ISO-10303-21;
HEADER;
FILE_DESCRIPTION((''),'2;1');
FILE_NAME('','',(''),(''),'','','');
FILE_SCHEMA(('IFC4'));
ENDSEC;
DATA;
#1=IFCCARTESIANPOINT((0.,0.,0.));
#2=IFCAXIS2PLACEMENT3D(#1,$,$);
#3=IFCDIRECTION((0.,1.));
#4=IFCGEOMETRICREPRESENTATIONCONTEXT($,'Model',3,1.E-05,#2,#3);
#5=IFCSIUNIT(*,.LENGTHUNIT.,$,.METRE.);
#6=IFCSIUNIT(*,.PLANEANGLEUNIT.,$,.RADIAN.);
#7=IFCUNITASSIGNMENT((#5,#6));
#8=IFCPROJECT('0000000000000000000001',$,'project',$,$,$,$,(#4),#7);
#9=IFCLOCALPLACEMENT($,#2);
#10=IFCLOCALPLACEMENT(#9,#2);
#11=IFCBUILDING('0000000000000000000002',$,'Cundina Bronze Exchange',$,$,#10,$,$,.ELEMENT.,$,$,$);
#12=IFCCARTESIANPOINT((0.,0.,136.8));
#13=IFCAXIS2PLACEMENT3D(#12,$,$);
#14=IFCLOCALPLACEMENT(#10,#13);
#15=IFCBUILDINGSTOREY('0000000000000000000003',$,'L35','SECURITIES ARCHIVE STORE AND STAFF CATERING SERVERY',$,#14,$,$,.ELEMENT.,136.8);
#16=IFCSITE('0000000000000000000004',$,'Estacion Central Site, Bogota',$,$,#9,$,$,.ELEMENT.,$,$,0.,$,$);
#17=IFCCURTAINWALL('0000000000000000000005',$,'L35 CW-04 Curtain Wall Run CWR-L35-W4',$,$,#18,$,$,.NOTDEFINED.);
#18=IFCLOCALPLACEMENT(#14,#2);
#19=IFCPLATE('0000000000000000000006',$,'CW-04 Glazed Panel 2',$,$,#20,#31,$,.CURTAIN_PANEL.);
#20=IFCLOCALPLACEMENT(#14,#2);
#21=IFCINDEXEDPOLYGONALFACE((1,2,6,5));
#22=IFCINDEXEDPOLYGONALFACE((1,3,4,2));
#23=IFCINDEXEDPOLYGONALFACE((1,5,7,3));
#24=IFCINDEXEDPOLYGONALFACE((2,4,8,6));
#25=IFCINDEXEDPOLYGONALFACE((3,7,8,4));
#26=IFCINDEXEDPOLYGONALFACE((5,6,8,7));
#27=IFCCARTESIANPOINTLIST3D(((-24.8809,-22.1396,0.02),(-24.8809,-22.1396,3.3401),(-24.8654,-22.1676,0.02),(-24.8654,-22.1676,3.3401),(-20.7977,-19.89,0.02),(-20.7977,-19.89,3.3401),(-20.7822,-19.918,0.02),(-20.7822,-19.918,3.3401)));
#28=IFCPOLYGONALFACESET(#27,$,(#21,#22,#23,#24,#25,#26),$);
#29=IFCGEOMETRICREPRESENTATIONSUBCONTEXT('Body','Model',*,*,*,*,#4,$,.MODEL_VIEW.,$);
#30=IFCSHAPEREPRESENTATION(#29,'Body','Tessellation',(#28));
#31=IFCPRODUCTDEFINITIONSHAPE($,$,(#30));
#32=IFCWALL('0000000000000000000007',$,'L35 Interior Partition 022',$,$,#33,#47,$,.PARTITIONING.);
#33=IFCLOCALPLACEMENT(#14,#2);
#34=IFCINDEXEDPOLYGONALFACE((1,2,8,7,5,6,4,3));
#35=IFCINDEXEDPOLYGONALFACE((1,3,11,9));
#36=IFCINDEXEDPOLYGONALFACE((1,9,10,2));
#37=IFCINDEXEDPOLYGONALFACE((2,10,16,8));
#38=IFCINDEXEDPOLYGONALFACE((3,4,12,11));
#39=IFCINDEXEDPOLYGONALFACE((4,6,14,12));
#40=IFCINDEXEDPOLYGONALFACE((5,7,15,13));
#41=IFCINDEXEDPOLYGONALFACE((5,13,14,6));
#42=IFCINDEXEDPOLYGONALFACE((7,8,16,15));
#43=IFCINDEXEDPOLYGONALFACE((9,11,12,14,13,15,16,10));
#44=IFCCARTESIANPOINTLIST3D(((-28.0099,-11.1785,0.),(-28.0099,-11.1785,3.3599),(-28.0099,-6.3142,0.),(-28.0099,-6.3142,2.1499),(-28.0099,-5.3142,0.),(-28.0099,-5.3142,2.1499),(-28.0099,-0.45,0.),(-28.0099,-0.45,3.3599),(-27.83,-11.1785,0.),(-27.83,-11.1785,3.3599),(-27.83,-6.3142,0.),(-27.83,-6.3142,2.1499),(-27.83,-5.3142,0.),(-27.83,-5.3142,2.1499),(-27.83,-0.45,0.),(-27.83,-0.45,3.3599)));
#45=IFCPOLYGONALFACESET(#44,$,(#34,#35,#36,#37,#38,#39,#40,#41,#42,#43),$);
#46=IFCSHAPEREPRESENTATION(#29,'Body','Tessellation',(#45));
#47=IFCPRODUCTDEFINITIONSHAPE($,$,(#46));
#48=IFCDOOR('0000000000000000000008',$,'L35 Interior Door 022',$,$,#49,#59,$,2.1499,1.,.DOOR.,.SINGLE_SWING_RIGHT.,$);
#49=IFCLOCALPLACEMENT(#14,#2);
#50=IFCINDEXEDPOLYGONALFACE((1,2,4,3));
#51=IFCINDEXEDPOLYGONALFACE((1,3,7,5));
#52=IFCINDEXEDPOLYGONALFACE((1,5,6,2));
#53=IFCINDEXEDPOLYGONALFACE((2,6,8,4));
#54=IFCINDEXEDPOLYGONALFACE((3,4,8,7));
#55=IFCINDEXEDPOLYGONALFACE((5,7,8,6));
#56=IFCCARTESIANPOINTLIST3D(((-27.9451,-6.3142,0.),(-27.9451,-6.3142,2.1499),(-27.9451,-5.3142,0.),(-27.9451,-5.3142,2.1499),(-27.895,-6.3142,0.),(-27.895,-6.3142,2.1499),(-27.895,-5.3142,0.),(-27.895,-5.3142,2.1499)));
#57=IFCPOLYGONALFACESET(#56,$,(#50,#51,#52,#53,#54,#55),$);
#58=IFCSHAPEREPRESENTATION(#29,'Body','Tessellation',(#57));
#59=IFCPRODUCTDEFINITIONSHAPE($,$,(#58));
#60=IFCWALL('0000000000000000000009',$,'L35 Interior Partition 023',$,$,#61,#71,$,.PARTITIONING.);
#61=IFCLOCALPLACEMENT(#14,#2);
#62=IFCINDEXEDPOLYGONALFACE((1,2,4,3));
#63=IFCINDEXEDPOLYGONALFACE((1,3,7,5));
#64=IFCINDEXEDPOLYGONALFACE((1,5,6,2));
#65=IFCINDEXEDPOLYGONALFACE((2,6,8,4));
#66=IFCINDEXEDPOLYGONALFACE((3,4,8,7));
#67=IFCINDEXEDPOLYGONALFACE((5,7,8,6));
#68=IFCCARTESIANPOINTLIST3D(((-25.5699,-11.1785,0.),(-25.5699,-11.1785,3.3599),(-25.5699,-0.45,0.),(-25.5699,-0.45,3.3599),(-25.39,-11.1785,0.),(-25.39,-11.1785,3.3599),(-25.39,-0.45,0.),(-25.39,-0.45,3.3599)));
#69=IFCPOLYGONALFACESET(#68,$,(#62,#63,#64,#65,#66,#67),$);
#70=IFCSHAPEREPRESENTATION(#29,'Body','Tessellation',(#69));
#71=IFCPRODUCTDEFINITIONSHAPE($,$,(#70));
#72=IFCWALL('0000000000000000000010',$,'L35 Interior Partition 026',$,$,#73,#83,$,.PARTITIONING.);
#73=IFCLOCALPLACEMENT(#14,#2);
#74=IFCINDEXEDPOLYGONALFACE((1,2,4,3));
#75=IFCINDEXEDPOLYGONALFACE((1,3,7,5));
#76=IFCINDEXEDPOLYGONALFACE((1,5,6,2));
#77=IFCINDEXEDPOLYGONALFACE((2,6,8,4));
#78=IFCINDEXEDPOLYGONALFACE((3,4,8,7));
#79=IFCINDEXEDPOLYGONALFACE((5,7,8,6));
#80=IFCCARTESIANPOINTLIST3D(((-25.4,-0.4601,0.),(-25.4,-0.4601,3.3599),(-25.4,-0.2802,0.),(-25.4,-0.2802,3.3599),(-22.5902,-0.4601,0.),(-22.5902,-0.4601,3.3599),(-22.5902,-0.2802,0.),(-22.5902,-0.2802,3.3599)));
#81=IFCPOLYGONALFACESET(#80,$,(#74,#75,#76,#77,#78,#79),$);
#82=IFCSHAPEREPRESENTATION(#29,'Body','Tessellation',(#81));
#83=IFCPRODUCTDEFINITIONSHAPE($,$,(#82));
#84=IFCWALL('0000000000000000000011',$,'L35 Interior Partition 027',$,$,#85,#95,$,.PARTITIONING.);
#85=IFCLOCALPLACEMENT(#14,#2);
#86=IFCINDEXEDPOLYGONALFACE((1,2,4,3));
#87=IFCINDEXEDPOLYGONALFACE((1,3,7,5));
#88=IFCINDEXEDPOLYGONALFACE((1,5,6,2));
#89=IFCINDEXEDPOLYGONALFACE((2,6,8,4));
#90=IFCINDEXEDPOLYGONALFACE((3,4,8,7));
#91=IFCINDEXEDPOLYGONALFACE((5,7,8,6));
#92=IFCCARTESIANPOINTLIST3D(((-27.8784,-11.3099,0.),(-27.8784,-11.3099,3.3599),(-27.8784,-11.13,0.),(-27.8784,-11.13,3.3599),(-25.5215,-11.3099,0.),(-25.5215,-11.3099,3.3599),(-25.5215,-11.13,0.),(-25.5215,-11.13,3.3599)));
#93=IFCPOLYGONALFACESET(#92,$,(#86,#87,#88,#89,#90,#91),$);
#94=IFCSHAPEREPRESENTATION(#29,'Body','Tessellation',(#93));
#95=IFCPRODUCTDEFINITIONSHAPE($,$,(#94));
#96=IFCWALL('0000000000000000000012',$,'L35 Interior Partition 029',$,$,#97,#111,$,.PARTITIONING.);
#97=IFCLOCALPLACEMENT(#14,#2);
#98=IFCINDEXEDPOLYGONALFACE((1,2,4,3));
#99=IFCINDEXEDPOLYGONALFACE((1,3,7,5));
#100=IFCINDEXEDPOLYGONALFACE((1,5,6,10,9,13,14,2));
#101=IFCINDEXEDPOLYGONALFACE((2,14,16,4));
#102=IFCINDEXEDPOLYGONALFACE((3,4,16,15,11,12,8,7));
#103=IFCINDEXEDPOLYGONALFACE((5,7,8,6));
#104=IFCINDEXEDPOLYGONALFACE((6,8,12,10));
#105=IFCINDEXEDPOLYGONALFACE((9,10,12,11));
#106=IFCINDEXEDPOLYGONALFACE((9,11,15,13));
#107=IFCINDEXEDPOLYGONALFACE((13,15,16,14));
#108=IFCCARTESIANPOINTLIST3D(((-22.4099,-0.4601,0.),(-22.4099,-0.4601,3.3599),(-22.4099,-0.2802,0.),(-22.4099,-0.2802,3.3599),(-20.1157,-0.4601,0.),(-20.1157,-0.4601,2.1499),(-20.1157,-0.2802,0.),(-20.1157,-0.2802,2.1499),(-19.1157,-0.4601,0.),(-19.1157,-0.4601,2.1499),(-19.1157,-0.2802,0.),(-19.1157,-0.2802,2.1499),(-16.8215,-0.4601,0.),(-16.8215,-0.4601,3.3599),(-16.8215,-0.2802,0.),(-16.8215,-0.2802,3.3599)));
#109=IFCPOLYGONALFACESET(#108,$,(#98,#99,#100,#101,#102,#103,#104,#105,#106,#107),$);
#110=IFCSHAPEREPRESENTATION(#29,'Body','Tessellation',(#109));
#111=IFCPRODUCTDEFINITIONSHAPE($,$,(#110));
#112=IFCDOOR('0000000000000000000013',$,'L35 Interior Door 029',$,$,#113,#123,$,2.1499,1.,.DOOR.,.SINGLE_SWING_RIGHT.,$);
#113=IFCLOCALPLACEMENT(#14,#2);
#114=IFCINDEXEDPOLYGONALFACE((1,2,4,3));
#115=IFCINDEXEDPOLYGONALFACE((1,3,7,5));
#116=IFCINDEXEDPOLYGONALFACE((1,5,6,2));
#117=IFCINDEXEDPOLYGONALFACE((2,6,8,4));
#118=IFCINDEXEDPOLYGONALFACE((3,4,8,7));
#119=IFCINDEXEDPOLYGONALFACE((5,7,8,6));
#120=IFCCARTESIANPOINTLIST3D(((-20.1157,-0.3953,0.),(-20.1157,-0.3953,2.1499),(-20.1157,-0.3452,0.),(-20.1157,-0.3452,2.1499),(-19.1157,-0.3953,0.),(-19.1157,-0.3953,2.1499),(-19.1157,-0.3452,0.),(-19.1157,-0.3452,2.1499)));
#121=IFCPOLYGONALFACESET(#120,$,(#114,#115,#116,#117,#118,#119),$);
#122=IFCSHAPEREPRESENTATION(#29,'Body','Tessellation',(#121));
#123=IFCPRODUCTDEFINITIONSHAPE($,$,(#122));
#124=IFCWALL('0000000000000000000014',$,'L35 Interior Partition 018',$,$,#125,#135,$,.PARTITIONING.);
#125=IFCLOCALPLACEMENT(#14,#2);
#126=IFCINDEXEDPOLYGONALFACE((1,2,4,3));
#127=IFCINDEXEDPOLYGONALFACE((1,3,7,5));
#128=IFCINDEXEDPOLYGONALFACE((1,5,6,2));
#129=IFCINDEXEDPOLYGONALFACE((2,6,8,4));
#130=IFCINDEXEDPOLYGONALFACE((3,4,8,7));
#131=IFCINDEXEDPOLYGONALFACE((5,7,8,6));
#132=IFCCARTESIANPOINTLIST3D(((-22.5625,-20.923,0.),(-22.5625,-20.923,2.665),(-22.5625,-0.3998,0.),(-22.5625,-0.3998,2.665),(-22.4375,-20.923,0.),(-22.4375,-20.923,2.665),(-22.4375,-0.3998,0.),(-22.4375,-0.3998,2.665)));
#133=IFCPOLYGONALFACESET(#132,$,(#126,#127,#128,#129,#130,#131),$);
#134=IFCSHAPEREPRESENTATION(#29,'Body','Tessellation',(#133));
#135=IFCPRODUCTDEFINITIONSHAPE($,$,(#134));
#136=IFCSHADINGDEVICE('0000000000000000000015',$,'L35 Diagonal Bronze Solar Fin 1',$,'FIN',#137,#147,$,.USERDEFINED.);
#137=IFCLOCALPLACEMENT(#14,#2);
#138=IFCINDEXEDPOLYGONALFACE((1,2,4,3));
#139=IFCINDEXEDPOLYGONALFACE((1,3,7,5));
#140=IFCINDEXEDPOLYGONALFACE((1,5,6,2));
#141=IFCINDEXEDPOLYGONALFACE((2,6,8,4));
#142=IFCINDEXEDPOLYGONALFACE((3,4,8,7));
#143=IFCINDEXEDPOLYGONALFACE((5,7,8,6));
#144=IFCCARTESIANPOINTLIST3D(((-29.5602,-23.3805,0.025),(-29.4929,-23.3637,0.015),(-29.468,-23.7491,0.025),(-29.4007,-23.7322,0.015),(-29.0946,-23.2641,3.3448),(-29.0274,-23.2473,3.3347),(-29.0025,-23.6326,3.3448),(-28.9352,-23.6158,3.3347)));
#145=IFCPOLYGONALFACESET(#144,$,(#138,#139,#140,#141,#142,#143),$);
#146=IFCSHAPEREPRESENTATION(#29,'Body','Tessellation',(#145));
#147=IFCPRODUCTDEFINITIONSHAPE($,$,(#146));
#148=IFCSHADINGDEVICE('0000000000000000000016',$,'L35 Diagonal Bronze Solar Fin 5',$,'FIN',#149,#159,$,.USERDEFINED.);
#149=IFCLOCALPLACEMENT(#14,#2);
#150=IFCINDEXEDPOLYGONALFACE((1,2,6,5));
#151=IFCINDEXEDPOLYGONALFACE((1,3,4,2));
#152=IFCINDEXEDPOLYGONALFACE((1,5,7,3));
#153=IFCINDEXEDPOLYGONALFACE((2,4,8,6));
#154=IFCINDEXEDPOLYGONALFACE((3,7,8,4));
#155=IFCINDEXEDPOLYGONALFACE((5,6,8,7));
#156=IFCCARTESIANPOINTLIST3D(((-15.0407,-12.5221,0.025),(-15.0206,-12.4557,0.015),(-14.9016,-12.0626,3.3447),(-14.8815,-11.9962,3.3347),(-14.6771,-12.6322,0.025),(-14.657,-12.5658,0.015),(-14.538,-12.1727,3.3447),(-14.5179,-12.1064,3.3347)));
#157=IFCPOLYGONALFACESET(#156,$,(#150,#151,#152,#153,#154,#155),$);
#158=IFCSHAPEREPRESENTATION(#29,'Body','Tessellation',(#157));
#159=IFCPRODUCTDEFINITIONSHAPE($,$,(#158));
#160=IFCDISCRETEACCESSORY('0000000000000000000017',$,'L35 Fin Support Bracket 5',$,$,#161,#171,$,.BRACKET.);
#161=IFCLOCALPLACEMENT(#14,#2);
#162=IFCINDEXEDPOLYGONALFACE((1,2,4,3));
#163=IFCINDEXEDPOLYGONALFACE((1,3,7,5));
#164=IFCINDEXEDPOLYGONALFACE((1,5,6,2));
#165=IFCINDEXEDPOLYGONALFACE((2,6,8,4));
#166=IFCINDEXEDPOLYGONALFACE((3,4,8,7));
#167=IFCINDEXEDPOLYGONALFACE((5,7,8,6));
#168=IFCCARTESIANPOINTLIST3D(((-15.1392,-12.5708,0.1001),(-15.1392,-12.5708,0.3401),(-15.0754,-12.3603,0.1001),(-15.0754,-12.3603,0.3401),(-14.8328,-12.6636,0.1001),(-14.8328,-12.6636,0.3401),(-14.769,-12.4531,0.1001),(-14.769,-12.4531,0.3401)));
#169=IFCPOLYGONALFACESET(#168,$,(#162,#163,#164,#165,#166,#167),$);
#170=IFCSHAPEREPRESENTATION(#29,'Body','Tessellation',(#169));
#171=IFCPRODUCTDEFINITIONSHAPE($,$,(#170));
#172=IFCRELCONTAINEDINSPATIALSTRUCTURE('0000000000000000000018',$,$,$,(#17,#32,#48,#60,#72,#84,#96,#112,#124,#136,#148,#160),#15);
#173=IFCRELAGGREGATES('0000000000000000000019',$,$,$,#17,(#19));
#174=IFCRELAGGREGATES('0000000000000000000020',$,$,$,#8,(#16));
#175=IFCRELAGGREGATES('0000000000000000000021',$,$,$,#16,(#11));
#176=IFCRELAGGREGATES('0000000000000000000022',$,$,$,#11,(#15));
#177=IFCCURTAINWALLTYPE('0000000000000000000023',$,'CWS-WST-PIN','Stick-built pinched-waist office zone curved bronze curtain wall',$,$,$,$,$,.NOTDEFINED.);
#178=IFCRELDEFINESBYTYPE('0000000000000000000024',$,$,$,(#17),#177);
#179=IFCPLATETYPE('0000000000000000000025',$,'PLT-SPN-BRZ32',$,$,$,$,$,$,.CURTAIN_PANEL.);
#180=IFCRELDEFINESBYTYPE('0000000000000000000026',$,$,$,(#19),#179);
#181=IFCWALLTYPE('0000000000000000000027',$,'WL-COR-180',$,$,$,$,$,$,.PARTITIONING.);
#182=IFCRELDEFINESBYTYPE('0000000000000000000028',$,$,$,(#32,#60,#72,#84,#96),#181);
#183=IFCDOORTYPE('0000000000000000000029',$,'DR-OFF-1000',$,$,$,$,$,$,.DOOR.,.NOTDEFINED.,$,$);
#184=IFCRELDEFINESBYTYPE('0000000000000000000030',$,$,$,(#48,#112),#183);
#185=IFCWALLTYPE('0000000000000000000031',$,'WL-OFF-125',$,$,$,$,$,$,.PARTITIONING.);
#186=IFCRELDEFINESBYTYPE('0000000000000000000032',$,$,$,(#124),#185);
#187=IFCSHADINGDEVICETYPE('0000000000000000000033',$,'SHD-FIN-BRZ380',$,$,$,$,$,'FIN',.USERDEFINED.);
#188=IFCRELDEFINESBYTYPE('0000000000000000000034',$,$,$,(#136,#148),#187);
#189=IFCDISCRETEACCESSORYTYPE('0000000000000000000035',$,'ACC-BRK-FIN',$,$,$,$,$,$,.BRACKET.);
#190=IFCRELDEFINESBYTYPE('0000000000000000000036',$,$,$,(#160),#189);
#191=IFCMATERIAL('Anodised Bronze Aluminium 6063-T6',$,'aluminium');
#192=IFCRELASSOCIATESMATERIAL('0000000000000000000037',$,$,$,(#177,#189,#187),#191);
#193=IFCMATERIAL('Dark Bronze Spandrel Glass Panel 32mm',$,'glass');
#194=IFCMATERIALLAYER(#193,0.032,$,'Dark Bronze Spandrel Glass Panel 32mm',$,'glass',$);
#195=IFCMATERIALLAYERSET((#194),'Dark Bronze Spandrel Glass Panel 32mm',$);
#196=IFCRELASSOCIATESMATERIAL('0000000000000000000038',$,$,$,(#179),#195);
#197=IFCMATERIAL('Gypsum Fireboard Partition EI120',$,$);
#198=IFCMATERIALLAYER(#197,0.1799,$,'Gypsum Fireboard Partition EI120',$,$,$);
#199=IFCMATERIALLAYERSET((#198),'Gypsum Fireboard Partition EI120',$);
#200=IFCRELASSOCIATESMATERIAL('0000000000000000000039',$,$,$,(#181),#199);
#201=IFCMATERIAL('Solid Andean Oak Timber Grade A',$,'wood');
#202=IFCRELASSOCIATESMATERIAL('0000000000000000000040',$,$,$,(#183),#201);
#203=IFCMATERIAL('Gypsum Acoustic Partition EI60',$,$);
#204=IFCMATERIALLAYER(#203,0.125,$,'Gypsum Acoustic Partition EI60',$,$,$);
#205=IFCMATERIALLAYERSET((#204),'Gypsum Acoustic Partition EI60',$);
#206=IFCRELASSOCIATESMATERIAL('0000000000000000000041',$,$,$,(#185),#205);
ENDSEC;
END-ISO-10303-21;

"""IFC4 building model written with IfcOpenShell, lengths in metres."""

from ifc_helpers import new_model, si_unit, direction, frame, frame_2d, origin, origin_2d, place, context, subcontext, project, spatial, rectangle, extrude, material, layer, layer_set, material_profile, profile_set, type_object, element, fill, aggregate, save


model = new_model("IFC4")

# Units and contexts
model_context = context("Model", 3, precision=1e-05, world=origin(), true_north=direction((0.0, 1.0)))
body_context = subcontext(model_context, "Body", "Model", "MODEL_VIEW")
ifc_project = project(units=[si_unit("LENGTHUNIT", "METRE"), si_unit("PLANEANGLEUNIT", "RADIAN")], contexts=[model_context])

# Site, building, storey
site_placement = place(None, origin())
site = spatial("IfcSite", under=ifc_project, at=site_placement, Name="Estacion Central Site, Bogota", CompositionType="ELEMENT", RefElevation=0.0)
building_placement = place(site_placement, origin())
building = spatial("IfcBuilding", under=site, at=building_placement, Name="Cundina Bronze Exchange", CompositionType="ELEMENT")
storey_placement = place(building_placement, frame((0.0, 0.0, 136.8)))
storey = spatial("IfcBuildingStorey", under=building, at=storey_placement, Name="L35", Description="SECURITIES ARCHIVE STORE AND STAFF CATERING SERVERY", CompositionType="ELEMENT", Elevation=136.8)

# Curtain wall, plate
ifc_material_1 = material(Name="Anodised Bronze Aluminium 6063-T6", Category="aluminium")
curtain_wall_type = type_object("IfcCurtainWallType", Name="CWS-WST-PIN", Description="Stick-built pinched-waist office zone curved bronze curtain wall", PredefinedType="NOTDEFINED", material=ifc_material_1)
curtain_wall_placement = place(storey_placement, origin())
curtain_wall = element("IfcCurtainWall", 1, at=curtain_wall_placement, inside=storey, type_object=curtain_wall_type, Name="L35 CW-04 Curtain Wall Run CWR-L35-W4", PredefinedType="NOTDEFINED")
ifc_material_2 = material(Name="Dark Bronze Spandrel Glass Panel 32mm", Category="glass")
ifc_layer_1 = layer(ifc_material_2, 0.032, Name="Dark Bronze Spandrel Glass Panel 32mm", Category="glass")
ifc_layer_set_1 = layer_set([ifc_layer_1], Name="Dark Bronze Spandrel Glass Panel 32mm")
plate_type_1 = type_object("IfcPlateType", Name="PLT-SPN-BRZ32", PredefinedType="CURTAIN_PANEL", material=ifc_layer_set_1)
plate_1_placement = place(storey_placement, frame((-22.8315, -21.0288, 0.02), z_axis=(0.0, 0.0, 1.0), x_axis=(0.875869, 0.482549, 0.0)))
plate_1 = element("IfcPlate", 2, at=plate_1_placement, type_object=plate_type_1, Name="CW-04 Glazed Panel 2", PredefinedType="CURTAIN_PANEL", context=body_context, shape_type="SweptSolid", body=[
    extrude(rectangle(XDim=4.6619, YDim=0.032, at=origin_2d()), origin(), (0.0, 0.0, 1.0), 3.3201),
])
aggregate(curtain_wall, [plate_1])

# Wall, opening, door
ifc_material_3 = material(Name="Gypsum Fireboard Partition EI120")
ifc_layer_2 = layer(ifc_material_3, 0.1799, Name="Gypsum Fireboard Partition EI120")
ifc_layer_set_2 = layer_set([ifc_layer_2], Name="Gypsum Fireboard Partition EI120")
wall_type_1 = type_object("IfcWallType", Name="WL-COR-180", PredefinedType="PARTITIONING", material=ifc_layer_set_2)
wall_1_placement = place(storey_placement, frame((-27.9199, -0.45, 0.0), z_axis=(0.0, 0.0, 1.0), x_axis=(0.0, -1.0, 0.0)))
wall_1 = element("IfcWall", 3, at=wall_1_placement, inside=storey, type_object=wall_type_1, Name="L35 Interior Partition 022", PredefinedType="PARTITIONING", context=body_context, shape_type="SweptSolid", body=[
    extrude(rectangle(XDim=10.7285, YDim=0.1799, at=frame_2d((5.3643, 0.0))), origin(), (0.0, 0.0, 1.0), 3.3599),
])
opening_1_placement = place(wall_1_placement, frame((4.8643, 0.0, 0.0)))
opening_1 = element("IfcOpeningElement", 4, at=opening_1_placement, cuts=wall_1, PredefinedType="OPENING", context=body_context, shape_type="SweptSolid", body=[
    extrude(rectangle(XDim=1.0, YDim=2.1499, at=frame_2d((0.5, 1.075))), frame((0.0, 0.0999, 0.0), z_axis=(0.0, -1.0, 0.0), x_axis=(1.0, 0.0, 0.0)), (0.0, 0.0, 1.0), 0.2),
])
ifc_material_4 = material(Name="Solid Andean Oak Timber Grade A", Category="wood")
door_type = type_object("IfcDoorType", Name="DR-OFF-1000", OperationType="NOTDEFINED", PredefinedType="DOOR", material=ifc_material_4)
door_1_placement = place(opening_1_placement, origin())
door_1 = element("IfcDoor", 5, at=door_1_placement, inside=storey, type_object=door_type, Name="L35 Interior Door 022", OperationType="SINGLE_SWING_RIGHT", OverallHeight=2.1499, OverallWidth=1.0, PredefinedType="DOOR", context=body_context, shape_type="SweptSolid", body=[
    extrude(rectangle(XDim=1.0, YDim=2.1499, at=frame_2d((0.5, 1.075))), frame((0.0, 0.0249, 0.0), z_axis=(0.0, -1.0, 0.0), x_axis=(1.0, 0.0, 0.0)), (0.0, 0.0, 1.0), 0.05),
])
fill(opening_1, door_1)

# Walls
wall_2_placement = place(storey_placement, frame((-25.48, -11.1785, 0.0), z_axis=(0.0, 0.0, 1.0), x_axis=(0.0, 1.0, 0.0)))
element("IfcWall", 6, at=wall_2_placement, inside=storey, type_object=wall_type_1, Name="L35 Interior Partition 023", PredefinedType="PARTITIONING", context=body_context, shape_type="SweptSolid", body=[
    extrude(rectangle(XDim=10.7285, YDim=0.1799, at=frame_2d((5.3643, 0.0))), origin(), (0.0, 0.0, 1.0), 3.3599),
])
wall_3_placement = place(storey_placement, frame((-25.3999, -0.3701, 0.0), z_axis=(0.0, 0.0, 1.0), x_axis=(1.0, 0.0, 0.0)))
element("IfcWall", 7, at=wall_3_placement, inside=storey, type_object=wall_type_1, Name="L35 Interior Partition 026", PredefinedType="PARTITIONING", context=body_context, shape_type="SweptSolid", body=[
    extrude(rectangle(XDim=2.8098, YDim=0.1799, at=frame_2d((1.4048, 0.0))), origin(), (0.0, 0.0, 1.0), 3.3599),
])
wall_4_placement = place(storey_placement, frame((-27.8784, -11.22, 0.0), z_axis=(0.0, 0.0, 1.0), x_axis=(1.0, 0.0, 0.0)))
element("IfcWall", 8, at=wall_4_placement, inside=storey, type_object=wall_type_1, Name="L35 Interior Partition 027", PredefinedType="PARTITIONING", context=body_context, shape_type="SweptSolid", body=[
    extrude(rectangle(XDim=2.3569, YDim=0.1799, at=frame_2d((1.1785, 0.0))), origin(), (0.0, 0.0, 1.0), 3.3599),
])

# Wall, opening, door
wall_5_placement = place(storey_placement, frame((-22.4099, -0.3701, 0.0), z_axis=(0.0, 0.0, 1.0), x_axis=(1.0, 0.0, 0.0)))
wall_5 = element("IfcWall", 9, at=wall_5_placement, inside=storey, type_object=wall_type_1, Name="L35 Interior Partition 029", PredefinedType="PARTITIONING", context=body_context, shape_type="SweptSolid", body=[
    extrude(rectangle(XDim=5.5884, YDim=0.1799, at=frame_2d((2.7942, 0.0))), origin(), (0.0, 0.0, 1.0), 3.3599),
])
opening_2_placement = place(wall_5_placement, frame((2.2942, 0.0, 0.0)))
opening_2 = element("IfcOpeningElement", 10, at=opening_2_placement, cuts=wall_5, PredefinedType="OPENING", context=body_context, shape_type="SweptSolid", body=[
    extrude(rectangle(XDim=1.0, YDim=2.1499, at=frame_2d((0.5, 1.075))), frame((0.0, 0.0999, 0.0), z_axis=(0.0, -1.0, 0.0), x_axis=(1.0, 0.0, 0.0)), (0.0, 0.0, 1.0), 0.2),
])
door_2_placement = place(opening_2_placement, origin())
door_2 = element("IfcDoor", 11, at=door_2_placement, inside=storey, type_object=door_type, Name="L35 Interior Door 029", OperationType="SINGLE_SWING_RIGHT", OverallHeight=2.1499, OverallWidth=1.0, PredefinedType="DOOR", context=body_context, shape_type="SweptSolid", body=[
    extrude(rectangle(XDim=1.0, YDim=2.1499, at=frame_2d((0.5, 1.075))), frame((0.0, 0.0249, 0.0), z_axis=(0.0, -1.0, 0.0), x_axis=(1.0, 0.0, 0.0)), (0.0, 0.0, 1.0), 0.05),
])
fill(opening_2, door_2)

# Wall
ifc_material_5 = material(Name="Gypsum Acoustic Partition EI60")
ifc_layer_3 = layer(ifc_material_5, 0.125, Name="Gypsum Acoustic Partition EI60")
ifc_layer_set_3 = layer_set([ifc_layer_3], Name="Gypsum Acoustic Partition EI60")
wall_type_2 = type_object("IfcWallType", Name="WL-OFF-125", PredefinedType="PARTITIONING", material=ifc_layer_set_3)
wall_6_placement = place(storey_placement, frame((-22.5, -20.9231, 0.0), z_axis=(0.0, 0.0, 1.0), x_axis=(0.0, 1.0, 0.0)))
element("IfcWall", 12, at=wall_6_placement, inside=storey, type_object=wall_type_2, Name="L35 Interior Partition 018", PredefinedType="PARTITIONING", context=body_context, shape_type="SweptSolid", body=[
    extrude(rectangle(XDim=20.5232, YDim=0.125, at=frame_2d((10.2617, 0.0))), origin(), (0.0, 0.0, 1.0), 2.665),
])

# Shading devices
ifc_material_profile_1 = material_profile(ifc_material_1, rectangle(XDim=0.0701, YDim=0.3799, at=origin_2d()), Name="FIN70X380", Category="aluminium")
ifc_profile_set_1 = profile_set([ifc_material_profile_1], Name="Anodised Bronze Aluminium 6063-T6")
shading_device_type = type_object("IfcShadingDeviceType", Name="SHD-FIN-BRZ380", ElementType="FIN", PredefinedType="USERDEFINED", material=ifc_profile_set_1)
for number, where, z_axis, x_axis, name in (
    (13, (-29.4805, -23.5564, 0.02), (0.138798, 0.034718, 0.989712), (-0.960132, -0.240159, 0.143075), "L35 Diagonal Bronze Solar Fin 1"),
    (14, (-14.8489, -12.5439, 0.02), (0.041486, 0.136978, 0.989705), (-0.286882, -0.947214, 0.143123), "L35 Diagonal Bronze Solar Fin 5"),
):
    element("IfcShadingDevice", number, at=place(storey_placement, frame(where, z_axis=z_axis, x_axis=x_axis)), inside=storey, type_object=shading_device_type, Name=name, ObjectType="FIN", PredefinedType="USERDEFINED", context=body_context, shape_type="SweptSolid", body=[
        extrude(rectangle(XDim=0.0701, YDim=0.3799, at=origin_2d()), origin(), (0.0, 0.0, 1.0), 3.3542),
    ])

# Discrete accessory
discrete_accessory_type = type_object("IfcDiscreteAccessoryType", Name="ACC-BRK-FIN", PredefinedType="BRACKET", material=ifc_material_1)
discrete_accessory_placement = place(storey_placement, frame((-14.9541, -12.512, 0.1001), z_axis=(0.0, 0.0, 1.0), x_axis=(0.290051, 0.957011, 0.0)))
element("IfcDiscreteAccessory", 15, at=discrete_accessory_placement, inside=storey, type_object=discrete_accessory_type, Name="L35 Fin Support Bracket 5", PredefinedType="BRACKET", context=body_context, shape_type="SweptSolid", body=[
    extrude(rectangle(XDim=0.22, YDim=0.3201, at=origin_2d()), origin(), (0.0, 0.0, 1.0), 0.24),
])

save(model, "model.ifc")
